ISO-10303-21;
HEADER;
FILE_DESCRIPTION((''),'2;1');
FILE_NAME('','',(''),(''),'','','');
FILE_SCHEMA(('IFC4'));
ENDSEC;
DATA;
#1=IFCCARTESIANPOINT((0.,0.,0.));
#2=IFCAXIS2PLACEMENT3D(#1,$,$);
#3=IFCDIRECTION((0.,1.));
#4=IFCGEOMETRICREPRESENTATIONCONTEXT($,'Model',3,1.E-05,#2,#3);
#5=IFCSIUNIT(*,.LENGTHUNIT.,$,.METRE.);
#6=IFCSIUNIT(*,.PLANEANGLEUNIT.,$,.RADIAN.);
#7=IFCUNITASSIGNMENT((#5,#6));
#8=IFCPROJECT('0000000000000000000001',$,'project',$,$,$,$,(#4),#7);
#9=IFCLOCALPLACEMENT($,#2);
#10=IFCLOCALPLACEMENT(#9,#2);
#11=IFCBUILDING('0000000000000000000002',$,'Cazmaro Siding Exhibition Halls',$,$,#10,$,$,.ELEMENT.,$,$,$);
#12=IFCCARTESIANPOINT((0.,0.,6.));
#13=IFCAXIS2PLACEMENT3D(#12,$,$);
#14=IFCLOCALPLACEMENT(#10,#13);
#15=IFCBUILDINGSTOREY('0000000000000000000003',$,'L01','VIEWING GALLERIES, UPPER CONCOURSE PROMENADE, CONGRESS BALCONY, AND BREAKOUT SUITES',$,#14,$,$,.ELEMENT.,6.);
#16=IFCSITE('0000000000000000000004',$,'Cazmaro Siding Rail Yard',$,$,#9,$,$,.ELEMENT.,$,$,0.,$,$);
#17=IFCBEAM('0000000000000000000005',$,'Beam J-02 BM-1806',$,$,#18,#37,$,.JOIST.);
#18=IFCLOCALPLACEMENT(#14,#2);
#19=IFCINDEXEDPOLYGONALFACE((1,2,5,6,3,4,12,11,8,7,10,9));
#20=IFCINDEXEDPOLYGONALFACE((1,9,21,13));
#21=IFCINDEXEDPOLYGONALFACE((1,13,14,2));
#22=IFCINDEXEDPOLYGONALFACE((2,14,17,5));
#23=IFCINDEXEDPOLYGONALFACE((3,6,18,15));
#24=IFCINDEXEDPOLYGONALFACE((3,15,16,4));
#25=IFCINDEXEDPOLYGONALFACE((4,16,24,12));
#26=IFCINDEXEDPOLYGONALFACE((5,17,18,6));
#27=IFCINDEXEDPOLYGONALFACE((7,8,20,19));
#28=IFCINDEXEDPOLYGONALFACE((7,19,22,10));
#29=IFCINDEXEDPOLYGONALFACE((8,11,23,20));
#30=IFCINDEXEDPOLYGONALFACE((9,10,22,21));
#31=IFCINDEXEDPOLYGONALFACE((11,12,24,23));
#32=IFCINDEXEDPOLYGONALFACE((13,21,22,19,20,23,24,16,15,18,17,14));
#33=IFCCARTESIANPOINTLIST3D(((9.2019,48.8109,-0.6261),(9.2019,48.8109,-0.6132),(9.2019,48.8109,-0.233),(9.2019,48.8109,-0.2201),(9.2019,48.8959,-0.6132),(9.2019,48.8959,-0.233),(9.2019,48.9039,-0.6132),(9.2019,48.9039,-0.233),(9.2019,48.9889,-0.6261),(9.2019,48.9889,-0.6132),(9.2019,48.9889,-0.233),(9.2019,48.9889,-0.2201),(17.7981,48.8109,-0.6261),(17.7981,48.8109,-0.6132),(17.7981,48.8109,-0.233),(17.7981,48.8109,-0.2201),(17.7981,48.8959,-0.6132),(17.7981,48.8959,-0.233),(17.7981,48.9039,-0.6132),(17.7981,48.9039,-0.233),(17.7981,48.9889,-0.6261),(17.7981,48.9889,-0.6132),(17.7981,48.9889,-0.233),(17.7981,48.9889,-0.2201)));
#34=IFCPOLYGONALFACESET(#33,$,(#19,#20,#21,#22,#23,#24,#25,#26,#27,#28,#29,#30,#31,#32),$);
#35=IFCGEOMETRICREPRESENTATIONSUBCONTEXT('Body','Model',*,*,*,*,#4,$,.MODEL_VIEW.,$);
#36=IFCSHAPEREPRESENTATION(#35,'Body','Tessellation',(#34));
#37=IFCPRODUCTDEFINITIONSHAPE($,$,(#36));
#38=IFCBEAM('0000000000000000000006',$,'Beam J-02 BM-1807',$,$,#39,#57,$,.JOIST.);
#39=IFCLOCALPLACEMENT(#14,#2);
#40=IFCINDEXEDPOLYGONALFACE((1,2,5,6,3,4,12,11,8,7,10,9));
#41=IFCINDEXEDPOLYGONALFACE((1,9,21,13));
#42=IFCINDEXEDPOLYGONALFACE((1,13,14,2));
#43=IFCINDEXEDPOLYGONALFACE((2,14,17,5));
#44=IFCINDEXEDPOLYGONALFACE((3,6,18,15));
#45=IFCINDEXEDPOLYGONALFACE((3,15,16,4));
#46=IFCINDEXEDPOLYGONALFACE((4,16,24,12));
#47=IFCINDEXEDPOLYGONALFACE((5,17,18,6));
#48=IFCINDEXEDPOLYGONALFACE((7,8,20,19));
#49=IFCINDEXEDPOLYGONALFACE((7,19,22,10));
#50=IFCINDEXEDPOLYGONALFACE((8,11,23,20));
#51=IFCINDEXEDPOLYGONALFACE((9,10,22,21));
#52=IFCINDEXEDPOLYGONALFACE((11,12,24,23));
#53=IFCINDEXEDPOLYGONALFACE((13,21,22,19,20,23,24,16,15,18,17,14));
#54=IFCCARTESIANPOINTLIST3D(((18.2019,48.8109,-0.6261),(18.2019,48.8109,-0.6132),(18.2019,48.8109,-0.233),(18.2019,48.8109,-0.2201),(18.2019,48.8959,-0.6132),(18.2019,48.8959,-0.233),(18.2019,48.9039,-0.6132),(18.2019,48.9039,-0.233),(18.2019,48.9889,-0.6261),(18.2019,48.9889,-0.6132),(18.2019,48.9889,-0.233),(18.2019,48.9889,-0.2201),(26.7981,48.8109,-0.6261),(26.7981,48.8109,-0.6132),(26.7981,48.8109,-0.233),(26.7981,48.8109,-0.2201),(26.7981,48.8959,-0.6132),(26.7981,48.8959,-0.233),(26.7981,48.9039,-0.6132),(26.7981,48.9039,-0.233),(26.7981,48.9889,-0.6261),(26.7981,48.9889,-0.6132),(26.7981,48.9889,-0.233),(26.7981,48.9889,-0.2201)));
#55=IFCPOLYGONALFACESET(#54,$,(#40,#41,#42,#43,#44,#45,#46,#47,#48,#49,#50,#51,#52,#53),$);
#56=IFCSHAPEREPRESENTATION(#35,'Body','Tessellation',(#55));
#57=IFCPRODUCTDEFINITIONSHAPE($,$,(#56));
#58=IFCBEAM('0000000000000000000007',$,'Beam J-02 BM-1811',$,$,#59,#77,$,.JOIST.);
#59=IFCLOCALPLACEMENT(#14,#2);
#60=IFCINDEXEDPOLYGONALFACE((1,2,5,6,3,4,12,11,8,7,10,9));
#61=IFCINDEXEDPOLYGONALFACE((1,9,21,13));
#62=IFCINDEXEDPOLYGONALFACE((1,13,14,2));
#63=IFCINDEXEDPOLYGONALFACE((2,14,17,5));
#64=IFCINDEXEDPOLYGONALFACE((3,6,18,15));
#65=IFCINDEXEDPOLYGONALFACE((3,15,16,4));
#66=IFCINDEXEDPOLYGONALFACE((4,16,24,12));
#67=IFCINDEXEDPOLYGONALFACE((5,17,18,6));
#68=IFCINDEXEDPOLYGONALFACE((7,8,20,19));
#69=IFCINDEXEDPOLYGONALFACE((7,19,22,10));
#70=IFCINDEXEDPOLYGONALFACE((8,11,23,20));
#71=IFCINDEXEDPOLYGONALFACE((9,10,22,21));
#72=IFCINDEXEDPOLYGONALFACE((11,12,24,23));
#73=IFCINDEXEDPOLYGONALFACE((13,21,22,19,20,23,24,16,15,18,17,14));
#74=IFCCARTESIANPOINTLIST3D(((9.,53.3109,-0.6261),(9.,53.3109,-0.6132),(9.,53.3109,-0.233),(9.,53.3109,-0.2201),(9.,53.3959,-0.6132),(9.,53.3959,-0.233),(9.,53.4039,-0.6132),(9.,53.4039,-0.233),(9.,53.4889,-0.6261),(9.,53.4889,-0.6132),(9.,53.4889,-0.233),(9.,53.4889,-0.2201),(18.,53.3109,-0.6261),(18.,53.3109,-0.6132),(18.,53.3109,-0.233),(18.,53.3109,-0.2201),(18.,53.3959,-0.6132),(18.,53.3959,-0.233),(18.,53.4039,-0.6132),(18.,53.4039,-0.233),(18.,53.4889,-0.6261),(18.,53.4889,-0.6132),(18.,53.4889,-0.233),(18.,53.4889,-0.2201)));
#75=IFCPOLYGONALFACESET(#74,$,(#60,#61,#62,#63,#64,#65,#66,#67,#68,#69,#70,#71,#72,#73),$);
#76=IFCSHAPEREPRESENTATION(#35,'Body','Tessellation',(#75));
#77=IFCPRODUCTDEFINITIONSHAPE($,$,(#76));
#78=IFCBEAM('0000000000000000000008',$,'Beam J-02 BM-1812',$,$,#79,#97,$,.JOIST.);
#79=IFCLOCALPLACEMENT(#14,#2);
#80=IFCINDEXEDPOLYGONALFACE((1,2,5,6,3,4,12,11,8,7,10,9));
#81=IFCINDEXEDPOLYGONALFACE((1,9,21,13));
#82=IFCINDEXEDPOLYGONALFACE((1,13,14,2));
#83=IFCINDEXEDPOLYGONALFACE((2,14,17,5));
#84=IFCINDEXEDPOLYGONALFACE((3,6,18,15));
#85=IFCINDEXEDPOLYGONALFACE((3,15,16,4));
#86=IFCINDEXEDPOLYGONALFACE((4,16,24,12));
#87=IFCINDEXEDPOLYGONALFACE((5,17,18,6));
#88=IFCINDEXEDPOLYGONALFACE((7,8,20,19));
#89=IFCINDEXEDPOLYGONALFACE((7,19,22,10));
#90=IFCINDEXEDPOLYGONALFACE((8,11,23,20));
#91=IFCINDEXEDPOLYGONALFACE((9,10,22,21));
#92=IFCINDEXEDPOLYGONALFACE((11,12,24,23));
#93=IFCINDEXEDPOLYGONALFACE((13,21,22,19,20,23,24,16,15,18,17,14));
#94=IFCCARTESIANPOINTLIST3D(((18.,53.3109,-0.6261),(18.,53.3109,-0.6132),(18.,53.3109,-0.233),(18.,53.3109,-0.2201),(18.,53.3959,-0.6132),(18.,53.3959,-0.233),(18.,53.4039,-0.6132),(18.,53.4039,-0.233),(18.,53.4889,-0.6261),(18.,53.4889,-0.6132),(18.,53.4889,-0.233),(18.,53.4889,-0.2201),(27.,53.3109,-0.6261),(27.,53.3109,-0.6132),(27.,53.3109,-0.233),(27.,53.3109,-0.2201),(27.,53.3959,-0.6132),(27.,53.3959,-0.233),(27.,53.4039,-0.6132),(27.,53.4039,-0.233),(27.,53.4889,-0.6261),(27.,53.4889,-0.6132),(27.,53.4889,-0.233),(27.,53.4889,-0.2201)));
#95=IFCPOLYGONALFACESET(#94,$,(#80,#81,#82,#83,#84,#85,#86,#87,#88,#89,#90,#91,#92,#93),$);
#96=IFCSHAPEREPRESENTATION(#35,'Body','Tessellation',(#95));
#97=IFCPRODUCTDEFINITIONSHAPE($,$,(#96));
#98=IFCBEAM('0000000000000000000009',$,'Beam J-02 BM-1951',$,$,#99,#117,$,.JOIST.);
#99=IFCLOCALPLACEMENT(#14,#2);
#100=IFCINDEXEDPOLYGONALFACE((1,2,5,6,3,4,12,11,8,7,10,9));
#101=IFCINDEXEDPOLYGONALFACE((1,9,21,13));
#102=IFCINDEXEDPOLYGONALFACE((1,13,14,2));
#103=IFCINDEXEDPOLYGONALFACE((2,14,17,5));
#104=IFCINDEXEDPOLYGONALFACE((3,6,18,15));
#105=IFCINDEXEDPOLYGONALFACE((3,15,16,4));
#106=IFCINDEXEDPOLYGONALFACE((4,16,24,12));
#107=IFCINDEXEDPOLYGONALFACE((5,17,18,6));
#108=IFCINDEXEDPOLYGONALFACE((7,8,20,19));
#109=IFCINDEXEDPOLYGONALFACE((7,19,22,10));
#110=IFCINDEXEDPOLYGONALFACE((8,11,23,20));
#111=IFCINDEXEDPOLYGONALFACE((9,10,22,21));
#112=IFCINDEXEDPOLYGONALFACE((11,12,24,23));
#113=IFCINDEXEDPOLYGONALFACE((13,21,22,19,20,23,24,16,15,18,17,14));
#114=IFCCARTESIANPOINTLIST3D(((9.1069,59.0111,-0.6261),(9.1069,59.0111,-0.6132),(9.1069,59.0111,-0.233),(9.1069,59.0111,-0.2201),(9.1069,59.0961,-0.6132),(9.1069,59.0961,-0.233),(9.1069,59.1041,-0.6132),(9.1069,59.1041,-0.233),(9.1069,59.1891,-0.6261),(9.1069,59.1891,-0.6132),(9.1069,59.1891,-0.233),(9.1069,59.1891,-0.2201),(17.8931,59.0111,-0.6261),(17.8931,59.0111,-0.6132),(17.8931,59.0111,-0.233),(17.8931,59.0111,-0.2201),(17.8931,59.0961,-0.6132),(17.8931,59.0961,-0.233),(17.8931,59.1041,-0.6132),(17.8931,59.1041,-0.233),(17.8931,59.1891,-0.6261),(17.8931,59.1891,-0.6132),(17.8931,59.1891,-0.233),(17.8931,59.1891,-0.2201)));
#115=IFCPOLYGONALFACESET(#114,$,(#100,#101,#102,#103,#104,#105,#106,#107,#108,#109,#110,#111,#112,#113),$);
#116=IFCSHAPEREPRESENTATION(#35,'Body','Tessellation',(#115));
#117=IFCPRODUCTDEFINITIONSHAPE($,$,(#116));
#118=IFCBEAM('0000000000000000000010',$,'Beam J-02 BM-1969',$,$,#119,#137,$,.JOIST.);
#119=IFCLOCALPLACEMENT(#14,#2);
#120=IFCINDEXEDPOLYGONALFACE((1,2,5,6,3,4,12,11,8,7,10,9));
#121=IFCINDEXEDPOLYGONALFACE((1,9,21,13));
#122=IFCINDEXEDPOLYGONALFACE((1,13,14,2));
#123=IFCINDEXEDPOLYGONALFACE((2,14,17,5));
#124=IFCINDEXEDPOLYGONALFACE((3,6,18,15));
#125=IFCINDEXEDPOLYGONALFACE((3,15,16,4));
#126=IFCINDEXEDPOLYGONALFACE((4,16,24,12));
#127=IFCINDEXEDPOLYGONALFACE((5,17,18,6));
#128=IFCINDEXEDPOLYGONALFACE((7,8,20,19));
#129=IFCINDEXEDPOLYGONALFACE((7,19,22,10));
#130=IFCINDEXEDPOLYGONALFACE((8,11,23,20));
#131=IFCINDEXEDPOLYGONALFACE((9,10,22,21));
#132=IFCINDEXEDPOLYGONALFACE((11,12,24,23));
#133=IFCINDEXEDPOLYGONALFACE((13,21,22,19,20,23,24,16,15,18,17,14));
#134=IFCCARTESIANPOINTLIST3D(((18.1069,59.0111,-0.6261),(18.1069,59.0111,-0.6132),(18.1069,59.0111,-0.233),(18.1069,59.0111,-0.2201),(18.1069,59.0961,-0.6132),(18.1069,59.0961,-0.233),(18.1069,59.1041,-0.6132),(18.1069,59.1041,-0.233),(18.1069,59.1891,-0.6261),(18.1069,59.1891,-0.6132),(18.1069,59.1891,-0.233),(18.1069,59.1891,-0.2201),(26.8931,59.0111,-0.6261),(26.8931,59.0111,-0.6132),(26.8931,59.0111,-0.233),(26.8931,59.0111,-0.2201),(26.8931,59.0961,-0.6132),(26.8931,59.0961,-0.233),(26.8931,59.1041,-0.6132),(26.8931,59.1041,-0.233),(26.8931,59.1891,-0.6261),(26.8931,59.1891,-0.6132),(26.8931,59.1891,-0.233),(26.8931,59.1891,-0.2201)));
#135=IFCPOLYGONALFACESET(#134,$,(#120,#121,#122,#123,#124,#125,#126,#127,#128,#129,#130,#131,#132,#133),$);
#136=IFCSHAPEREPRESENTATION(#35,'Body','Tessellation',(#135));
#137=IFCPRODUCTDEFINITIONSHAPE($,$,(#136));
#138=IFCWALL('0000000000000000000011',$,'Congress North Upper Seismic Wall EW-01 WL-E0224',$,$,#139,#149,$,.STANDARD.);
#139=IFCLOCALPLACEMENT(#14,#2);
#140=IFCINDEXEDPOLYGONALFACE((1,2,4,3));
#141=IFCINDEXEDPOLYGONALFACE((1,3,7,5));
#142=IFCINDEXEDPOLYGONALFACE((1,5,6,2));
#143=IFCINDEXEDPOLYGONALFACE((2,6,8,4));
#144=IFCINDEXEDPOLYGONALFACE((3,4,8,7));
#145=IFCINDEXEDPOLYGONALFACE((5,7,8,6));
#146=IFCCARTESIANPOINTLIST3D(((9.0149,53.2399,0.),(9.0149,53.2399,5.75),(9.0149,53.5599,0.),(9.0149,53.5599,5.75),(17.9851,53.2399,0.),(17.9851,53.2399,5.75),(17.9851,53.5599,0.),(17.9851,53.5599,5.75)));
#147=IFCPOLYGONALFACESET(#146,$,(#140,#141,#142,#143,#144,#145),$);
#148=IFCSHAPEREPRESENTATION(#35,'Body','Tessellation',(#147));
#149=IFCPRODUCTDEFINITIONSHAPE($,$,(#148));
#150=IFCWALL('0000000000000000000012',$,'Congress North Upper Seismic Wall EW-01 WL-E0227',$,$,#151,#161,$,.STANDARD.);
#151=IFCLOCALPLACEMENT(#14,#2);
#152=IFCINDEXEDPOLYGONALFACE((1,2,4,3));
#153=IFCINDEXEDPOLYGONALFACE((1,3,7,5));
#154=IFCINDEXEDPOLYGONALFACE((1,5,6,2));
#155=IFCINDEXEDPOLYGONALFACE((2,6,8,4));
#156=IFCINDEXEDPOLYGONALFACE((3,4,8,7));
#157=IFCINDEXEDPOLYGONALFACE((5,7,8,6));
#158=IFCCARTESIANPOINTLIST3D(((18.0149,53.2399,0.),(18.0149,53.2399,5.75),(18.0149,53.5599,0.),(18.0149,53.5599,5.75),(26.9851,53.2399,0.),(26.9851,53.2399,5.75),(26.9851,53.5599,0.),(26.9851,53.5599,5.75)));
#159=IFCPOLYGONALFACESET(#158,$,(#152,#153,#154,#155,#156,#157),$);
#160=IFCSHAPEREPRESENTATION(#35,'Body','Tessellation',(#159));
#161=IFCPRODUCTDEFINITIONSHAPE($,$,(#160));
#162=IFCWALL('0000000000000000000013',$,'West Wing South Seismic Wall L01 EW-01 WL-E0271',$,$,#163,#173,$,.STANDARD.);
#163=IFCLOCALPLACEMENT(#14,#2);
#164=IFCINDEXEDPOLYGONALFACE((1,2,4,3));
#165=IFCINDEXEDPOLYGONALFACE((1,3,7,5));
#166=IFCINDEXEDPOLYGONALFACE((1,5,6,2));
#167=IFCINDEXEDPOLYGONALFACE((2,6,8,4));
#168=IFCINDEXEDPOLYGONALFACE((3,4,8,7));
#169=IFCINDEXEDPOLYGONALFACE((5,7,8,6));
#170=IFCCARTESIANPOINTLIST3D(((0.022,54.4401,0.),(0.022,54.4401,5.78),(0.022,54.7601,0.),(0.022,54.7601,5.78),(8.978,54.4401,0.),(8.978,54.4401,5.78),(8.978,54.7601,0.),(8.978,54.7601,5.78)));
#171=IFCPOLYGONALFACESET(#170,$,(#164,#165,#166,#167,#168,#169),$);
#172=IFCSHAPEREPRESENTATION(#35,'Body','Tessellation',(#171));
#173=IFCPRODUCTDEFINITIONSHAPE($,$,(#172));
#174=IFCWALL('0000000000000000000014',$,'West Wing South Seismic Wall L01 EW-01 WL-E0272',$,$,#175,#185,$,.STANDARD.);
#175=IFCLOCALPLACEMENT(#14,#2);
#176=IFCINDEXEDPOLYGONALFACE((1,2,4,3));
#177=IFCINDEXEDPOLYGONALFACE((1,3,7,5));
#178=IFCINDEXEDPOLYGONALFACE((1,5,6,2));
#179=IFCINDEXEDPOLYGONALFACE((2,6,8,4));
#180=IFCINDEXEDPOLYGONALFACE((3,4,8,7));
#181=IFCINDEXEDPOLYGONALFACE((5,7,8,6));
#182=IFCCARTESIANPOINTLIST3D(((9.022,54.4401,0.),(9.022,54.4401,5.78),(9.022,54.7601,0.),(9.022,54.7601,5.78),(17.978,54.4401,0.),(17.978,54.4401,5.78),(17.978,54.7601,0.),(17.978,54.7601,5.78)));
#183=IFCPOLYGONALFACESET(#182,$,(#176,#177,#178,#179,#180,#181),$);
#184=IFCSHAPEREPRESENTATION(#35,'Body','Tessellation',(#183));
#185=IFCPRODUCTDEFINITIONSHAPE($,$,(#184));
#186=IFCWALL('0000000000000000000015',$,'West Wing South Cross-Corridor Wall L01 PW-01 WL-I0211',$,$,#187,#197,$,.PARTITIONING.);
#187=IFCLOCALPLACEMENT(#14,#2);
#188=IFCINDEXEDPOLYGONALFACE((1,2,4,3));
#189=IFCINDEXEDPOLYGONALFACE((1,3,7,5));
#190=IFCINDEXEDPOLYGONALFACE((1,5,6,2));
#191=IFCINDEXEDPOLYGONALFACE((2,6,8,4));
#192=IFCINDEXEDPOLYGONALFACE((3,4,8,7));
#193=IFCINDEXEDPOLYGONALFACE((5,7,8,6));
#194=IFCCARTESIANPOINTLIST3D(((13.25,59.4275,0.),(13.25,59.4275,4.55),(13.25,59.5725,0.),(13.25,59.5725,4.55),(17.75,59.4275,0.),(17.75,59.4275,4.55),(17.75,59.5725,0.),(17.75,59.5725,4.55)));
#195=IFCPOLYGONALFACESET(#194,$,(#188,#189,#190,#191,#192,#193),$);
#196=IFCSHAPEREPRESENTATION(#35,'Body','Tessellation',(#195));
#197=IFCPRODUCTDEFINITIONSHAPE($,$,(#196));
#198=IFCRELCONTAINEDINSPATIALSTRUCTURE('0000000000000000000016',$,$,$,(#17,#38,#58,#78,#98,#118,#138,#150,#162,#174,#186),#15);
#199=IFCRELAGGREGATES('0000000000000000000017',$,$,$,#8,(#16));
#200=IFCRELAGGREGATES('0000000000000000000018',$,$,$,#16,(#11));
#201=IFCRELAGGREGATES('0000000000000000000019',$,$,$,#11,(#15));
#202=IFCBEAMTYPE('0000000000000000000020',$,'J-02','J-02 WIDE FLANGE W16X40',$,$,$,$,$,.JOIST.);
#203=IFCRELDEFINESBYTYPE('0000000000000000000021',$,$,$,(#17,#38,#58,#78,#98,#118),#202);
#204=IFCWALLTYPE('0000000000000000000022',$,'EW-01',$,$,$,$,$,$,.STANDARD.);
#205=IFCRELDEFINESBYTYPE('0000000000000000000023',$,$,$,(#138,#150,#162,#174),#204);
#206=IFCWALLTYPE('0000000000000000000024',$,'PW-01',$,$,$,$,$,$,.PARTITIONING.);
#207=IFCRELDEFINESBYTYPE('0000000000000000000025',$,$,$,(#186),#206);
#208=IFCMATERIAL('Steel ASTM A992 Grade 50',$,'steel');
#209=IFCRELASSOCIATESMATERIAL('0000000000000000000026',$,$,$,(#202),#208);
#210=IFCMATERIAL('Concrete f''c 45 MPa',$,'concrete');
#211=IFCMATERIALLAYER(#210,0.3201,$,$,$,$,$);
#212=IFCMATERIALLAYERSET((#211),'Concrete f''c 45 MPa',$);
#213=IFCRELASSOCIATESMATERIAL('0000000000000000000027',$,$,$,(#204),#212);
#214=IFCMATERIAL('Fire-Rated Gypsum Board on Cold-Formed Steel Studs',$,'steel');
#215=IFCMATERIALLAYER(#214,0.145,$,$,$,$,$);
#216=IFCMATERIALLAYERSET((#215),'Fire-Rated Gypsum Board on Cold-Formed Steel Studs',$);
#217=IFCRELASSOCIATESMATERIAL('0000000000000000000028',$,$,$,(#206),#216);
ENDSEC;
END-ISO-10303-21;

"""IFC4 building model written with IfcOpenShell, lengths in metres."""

from ifc_helpers import new_model, si_unit, direction, frame, frame_2d, origin, origin_2d, place, context, subcontext, project, spatial, rectangle, i_section, extrude, material, layer, layer_set, material_profile, profile_set, type_object, element, save


model = new_model("IFC4")

# Units and contexts
model_context = context("Model", 3, precision=1e-05, world=origin(), true_north=direction((0.0, 1.0)))
body_context = subcontext(model_context, "Body", "Model", "MODEL_VIEW")
ifc_project = project(units=[si_unit("LENGTHUNIT", "METRE"), si_unit("PLANEANGLEUNIT", "RADIAN")], contexts=[model_context])

# Site, building, storey
site_placement = place(None, origin())
site = spatial("IfcSite", under=ifc_project, at=site_placement, Name="Cazmaro Siding Rail Yard", CompositionType="ELEMENT", RefElevation=0.0)
building_placement = place(site_placement, origin())
building = spatial("IfcBuilding", under=site, at=building_placement, Name="Cazmaro Siding Exhibition Halls", CompositionType="ELEMENT")
storey_placement = place(building_placement, frame((0.0, 0.0, 6.0)))
storey = spatial("IfcBuildingStorey", under=building, at=storey_placement, Name="L01", Description="VIEWING GALLERIES, UPPER CONCOURSE PROMENADE, CONGRESS BALCONY, AND BREAKOUT SUITES", CompositionType="ELEMENT", Elevation=6.0)

# Beams
ifc_material_1 = material(Name="Steel ASTM A992 Grade 50", Category="steel")
ifc_material_profile_1 = material_profile(ifc_material_1, i_section(OverallWidth=0.178, OverallDepth=0.406, WebThickness=0.0081, FlangeThickness=0.0129, at=origin_2d()), Name="W16X40")
ifc_profile_set_1 = profile_set([ifc_material_profile_1], Name="Steel ASTM A992 Grade 50")
beam_type_1 = type_object("IfcBeamType", Name="J-02", Description="J-02 WIDE FLANGE W16X40", PredefinedType="JOIST", material=ifc_profile_set_1)
for number, where, z_axis, x_axis, name in (
    (1, (9.2019, 48.8999, -0.4231), (1.0, 0.0, 0.0), (0.0, 1.0, 0.0), "Beam J-02 BM-1806"),
    (2, (18.2019, 48.8999, -0.4231), (1.0, 0.0, 0.0), (0.0, 1.0, 0.0), "Beam J-02 BM-1807"),
):
    element("IfcBeam", number, at=place(storey_placement, frame(where, z_axis=z_axis, x_axis=x_axis)), inside=storey, type_object=beam_type_1, Name=name, PredefinedType="JOIST", context=body_context, shape_type="SweptSolid", body=[
        extrude(i_section(OverallWidth=0.178, OverallDepth=0.406, WebThickness=0.0081, FlangeThickness=0.0129, at=origin_2d()), origin(), (0.0, 0.0, 1.0), 8.5962),
    ])
for number, where, z_axis, x_axis, name in (
    (3, (9.0, 53.3999, -0.4231), (1.0, 0.0, 0.0), (0.0, 1.0, 0.0), "Beam J-02 BM-1811"),
    (4, (18.0, 53.3999, -0.4231), (1.0, 0.0, 0.0), (0.0, 1.0, 0.0), "Beam J-02 BM-1812"),
):
    element("IfcBeam", number, at=place(storey_placement, frame(where, z_axis=z_axis, x_axis=x_axis)), inside=storey, type_object=beam_type_1, Name=name, PredefinedType="JOIST", context=body_context, shape_type="SweptSolid", body=[
        extrude(i_section(OverallWidth=0.178, OverallDepth=0.406, WebThickness=0.0081, FlangeThickness=0.0129, at=origin_2d()), origin(), (0.0, 0.0, 1.0), 9.0),
    ])
for number, where, z_axis, x_axis, name in (
    (5, (9.1069, 59.1001, -0.4231), (1.0, 0.0, 0.0), (0.0, 1.0, 0.0), "Beam J-02 BM-1951"),
    (6, (18.1069, 59.1001, -0.4231), (1.0, 0.0, 0.0), (0.0, 1.0, 0.0), "Beam J-02 BM-1969"),
):
    element("IfcBeam", number, at=place(storey_placement, frame(where, z_axis=z_axis, x_axis=x_axis)), inside=storey, type_object=beam_type_1, Name=name, PredefinedType="JOIST", context=body_context, shape_type="SweptSolid", body=[
        extrude(i_section(OverallWidth=0.178, OverallDepth=0.406, WebThickness=0.0081, FlangeThickness=0.0129, at=origin_2d()), origin(), (0.0, 0.0, 1.0), 8.7861),
    ])

# Walls
ifc_material_2 = material(Name="Concrete f'c 45 MPa", Category="concrete")
ifc_layer_1 = layer(ifc_material_2, 0.3201)
ifc_layer_set_1 = layer_set([ifc_layer_1], Name="Concrete f'c 45 MPa")
wall_type_1 = type_object("IfcWallType", Name="EW-01", PredefinedType="STANDARD", material=ifc_layer_set_1)
for number, where, z_axis, x_axis, name in (
    (7, (9.0149, 53.3999, 0.0), (0.0, 0.0, 1.0), (1.0, 0.0, 0.0), "Congress North Upper Seismic Wall EW-01 WL-E0224"),
    (8, (18.0149, 53.3999, 0.0), (0.0, 0.0, 1.0), (1.0, 0.0, 0.0), "Congress North Upper Seismic Wall EW-01 WL-E0227"),
):
    element("IfcWall", number, at=place(storey_placement, frame(where, z_axis=z_axis, x_axis=x_axis)), inside=storey, type_object=wall_type_1, Name=name, PredefinedType="STANDARD", context=body_context, shape_type="SweptSolid", body=[
        extrude(rectangle(XDim=8.9702, YDim=0.3201, at=frame_2d((4.4851, 0.0))), origin(), (0.0, 0.0, 1.0), 5.75),
    ])
for number, where, z_axis, x_axis, name in (
    (9, (8.978, 54.6001, 0.0), (0.0, 0.0, 1.0), (-1.0, 0.0, 0.0), "West Wing South Seismic Wall L01 EW-01 WL-E0271"),
    (10, (17.978, 54.6001, 0.0), (0.0, 0.0, 1.0), (-1.0, 0.0, 0.0), "West Wing South Seismic Wall L01 EW-01 WL-E0272"),
):
    element("IfcWall", number, at=place(storey_placement, frame(where, z_axis=z_axis, x_axis=x_axis)), inside=storey, type_object=wall_type_1, Name=name, PredefinedType="STANDARD", context=body_context, shape_type="SweptSolid", body=[
        extrude(rectangle(XDim=8.9561, YDim=0.3201, at=frame_2d((4.478, 0.0))), origin(), (0.0, 0.0, 1.0), 5.78),
    ])
ifc_material_3 = material(Name="Fire-Rated Gypsum Board on Cold-Formed Steel Studs", Category="steel")
ifc_layer_2 = layer(ifc_material_3, 0.145)
ifc_layer_set_2 = layer_set([ifc_layer_2], Name="Fire-Rated Gypsum Board on Cold-Formed Steel Studs")
wall_type_2 = type_object("IfcWallType", Name="PW-01", PredefinedType="PARTITIONING", material=ifc_layer_set_2)
wall_1_placement = place(storey_placement, frame((13.25, 59.5, 0.0), z_axis=(0.0, 0.0, 1.0), x_axis=(1.0, 0.0, 0.0)))
element("IfcWall", 11, at=wall_1_placement, inside=storey, type_object=wall_type_2, Name="West Wing South Cross-Corridor Wall L01 PW-01 WL-I0211", PredefinedType="PARTITIONING", context=body_context, shape_type="SweptSolid", body=[
    extrude(rectangle(XDim=4.5, YDim=0.145, at=frame_2d((2.25, 0.0))), origin(), (0.0, 0.0, 1.0), 4.55),
])

save(model, "model.ifc")
